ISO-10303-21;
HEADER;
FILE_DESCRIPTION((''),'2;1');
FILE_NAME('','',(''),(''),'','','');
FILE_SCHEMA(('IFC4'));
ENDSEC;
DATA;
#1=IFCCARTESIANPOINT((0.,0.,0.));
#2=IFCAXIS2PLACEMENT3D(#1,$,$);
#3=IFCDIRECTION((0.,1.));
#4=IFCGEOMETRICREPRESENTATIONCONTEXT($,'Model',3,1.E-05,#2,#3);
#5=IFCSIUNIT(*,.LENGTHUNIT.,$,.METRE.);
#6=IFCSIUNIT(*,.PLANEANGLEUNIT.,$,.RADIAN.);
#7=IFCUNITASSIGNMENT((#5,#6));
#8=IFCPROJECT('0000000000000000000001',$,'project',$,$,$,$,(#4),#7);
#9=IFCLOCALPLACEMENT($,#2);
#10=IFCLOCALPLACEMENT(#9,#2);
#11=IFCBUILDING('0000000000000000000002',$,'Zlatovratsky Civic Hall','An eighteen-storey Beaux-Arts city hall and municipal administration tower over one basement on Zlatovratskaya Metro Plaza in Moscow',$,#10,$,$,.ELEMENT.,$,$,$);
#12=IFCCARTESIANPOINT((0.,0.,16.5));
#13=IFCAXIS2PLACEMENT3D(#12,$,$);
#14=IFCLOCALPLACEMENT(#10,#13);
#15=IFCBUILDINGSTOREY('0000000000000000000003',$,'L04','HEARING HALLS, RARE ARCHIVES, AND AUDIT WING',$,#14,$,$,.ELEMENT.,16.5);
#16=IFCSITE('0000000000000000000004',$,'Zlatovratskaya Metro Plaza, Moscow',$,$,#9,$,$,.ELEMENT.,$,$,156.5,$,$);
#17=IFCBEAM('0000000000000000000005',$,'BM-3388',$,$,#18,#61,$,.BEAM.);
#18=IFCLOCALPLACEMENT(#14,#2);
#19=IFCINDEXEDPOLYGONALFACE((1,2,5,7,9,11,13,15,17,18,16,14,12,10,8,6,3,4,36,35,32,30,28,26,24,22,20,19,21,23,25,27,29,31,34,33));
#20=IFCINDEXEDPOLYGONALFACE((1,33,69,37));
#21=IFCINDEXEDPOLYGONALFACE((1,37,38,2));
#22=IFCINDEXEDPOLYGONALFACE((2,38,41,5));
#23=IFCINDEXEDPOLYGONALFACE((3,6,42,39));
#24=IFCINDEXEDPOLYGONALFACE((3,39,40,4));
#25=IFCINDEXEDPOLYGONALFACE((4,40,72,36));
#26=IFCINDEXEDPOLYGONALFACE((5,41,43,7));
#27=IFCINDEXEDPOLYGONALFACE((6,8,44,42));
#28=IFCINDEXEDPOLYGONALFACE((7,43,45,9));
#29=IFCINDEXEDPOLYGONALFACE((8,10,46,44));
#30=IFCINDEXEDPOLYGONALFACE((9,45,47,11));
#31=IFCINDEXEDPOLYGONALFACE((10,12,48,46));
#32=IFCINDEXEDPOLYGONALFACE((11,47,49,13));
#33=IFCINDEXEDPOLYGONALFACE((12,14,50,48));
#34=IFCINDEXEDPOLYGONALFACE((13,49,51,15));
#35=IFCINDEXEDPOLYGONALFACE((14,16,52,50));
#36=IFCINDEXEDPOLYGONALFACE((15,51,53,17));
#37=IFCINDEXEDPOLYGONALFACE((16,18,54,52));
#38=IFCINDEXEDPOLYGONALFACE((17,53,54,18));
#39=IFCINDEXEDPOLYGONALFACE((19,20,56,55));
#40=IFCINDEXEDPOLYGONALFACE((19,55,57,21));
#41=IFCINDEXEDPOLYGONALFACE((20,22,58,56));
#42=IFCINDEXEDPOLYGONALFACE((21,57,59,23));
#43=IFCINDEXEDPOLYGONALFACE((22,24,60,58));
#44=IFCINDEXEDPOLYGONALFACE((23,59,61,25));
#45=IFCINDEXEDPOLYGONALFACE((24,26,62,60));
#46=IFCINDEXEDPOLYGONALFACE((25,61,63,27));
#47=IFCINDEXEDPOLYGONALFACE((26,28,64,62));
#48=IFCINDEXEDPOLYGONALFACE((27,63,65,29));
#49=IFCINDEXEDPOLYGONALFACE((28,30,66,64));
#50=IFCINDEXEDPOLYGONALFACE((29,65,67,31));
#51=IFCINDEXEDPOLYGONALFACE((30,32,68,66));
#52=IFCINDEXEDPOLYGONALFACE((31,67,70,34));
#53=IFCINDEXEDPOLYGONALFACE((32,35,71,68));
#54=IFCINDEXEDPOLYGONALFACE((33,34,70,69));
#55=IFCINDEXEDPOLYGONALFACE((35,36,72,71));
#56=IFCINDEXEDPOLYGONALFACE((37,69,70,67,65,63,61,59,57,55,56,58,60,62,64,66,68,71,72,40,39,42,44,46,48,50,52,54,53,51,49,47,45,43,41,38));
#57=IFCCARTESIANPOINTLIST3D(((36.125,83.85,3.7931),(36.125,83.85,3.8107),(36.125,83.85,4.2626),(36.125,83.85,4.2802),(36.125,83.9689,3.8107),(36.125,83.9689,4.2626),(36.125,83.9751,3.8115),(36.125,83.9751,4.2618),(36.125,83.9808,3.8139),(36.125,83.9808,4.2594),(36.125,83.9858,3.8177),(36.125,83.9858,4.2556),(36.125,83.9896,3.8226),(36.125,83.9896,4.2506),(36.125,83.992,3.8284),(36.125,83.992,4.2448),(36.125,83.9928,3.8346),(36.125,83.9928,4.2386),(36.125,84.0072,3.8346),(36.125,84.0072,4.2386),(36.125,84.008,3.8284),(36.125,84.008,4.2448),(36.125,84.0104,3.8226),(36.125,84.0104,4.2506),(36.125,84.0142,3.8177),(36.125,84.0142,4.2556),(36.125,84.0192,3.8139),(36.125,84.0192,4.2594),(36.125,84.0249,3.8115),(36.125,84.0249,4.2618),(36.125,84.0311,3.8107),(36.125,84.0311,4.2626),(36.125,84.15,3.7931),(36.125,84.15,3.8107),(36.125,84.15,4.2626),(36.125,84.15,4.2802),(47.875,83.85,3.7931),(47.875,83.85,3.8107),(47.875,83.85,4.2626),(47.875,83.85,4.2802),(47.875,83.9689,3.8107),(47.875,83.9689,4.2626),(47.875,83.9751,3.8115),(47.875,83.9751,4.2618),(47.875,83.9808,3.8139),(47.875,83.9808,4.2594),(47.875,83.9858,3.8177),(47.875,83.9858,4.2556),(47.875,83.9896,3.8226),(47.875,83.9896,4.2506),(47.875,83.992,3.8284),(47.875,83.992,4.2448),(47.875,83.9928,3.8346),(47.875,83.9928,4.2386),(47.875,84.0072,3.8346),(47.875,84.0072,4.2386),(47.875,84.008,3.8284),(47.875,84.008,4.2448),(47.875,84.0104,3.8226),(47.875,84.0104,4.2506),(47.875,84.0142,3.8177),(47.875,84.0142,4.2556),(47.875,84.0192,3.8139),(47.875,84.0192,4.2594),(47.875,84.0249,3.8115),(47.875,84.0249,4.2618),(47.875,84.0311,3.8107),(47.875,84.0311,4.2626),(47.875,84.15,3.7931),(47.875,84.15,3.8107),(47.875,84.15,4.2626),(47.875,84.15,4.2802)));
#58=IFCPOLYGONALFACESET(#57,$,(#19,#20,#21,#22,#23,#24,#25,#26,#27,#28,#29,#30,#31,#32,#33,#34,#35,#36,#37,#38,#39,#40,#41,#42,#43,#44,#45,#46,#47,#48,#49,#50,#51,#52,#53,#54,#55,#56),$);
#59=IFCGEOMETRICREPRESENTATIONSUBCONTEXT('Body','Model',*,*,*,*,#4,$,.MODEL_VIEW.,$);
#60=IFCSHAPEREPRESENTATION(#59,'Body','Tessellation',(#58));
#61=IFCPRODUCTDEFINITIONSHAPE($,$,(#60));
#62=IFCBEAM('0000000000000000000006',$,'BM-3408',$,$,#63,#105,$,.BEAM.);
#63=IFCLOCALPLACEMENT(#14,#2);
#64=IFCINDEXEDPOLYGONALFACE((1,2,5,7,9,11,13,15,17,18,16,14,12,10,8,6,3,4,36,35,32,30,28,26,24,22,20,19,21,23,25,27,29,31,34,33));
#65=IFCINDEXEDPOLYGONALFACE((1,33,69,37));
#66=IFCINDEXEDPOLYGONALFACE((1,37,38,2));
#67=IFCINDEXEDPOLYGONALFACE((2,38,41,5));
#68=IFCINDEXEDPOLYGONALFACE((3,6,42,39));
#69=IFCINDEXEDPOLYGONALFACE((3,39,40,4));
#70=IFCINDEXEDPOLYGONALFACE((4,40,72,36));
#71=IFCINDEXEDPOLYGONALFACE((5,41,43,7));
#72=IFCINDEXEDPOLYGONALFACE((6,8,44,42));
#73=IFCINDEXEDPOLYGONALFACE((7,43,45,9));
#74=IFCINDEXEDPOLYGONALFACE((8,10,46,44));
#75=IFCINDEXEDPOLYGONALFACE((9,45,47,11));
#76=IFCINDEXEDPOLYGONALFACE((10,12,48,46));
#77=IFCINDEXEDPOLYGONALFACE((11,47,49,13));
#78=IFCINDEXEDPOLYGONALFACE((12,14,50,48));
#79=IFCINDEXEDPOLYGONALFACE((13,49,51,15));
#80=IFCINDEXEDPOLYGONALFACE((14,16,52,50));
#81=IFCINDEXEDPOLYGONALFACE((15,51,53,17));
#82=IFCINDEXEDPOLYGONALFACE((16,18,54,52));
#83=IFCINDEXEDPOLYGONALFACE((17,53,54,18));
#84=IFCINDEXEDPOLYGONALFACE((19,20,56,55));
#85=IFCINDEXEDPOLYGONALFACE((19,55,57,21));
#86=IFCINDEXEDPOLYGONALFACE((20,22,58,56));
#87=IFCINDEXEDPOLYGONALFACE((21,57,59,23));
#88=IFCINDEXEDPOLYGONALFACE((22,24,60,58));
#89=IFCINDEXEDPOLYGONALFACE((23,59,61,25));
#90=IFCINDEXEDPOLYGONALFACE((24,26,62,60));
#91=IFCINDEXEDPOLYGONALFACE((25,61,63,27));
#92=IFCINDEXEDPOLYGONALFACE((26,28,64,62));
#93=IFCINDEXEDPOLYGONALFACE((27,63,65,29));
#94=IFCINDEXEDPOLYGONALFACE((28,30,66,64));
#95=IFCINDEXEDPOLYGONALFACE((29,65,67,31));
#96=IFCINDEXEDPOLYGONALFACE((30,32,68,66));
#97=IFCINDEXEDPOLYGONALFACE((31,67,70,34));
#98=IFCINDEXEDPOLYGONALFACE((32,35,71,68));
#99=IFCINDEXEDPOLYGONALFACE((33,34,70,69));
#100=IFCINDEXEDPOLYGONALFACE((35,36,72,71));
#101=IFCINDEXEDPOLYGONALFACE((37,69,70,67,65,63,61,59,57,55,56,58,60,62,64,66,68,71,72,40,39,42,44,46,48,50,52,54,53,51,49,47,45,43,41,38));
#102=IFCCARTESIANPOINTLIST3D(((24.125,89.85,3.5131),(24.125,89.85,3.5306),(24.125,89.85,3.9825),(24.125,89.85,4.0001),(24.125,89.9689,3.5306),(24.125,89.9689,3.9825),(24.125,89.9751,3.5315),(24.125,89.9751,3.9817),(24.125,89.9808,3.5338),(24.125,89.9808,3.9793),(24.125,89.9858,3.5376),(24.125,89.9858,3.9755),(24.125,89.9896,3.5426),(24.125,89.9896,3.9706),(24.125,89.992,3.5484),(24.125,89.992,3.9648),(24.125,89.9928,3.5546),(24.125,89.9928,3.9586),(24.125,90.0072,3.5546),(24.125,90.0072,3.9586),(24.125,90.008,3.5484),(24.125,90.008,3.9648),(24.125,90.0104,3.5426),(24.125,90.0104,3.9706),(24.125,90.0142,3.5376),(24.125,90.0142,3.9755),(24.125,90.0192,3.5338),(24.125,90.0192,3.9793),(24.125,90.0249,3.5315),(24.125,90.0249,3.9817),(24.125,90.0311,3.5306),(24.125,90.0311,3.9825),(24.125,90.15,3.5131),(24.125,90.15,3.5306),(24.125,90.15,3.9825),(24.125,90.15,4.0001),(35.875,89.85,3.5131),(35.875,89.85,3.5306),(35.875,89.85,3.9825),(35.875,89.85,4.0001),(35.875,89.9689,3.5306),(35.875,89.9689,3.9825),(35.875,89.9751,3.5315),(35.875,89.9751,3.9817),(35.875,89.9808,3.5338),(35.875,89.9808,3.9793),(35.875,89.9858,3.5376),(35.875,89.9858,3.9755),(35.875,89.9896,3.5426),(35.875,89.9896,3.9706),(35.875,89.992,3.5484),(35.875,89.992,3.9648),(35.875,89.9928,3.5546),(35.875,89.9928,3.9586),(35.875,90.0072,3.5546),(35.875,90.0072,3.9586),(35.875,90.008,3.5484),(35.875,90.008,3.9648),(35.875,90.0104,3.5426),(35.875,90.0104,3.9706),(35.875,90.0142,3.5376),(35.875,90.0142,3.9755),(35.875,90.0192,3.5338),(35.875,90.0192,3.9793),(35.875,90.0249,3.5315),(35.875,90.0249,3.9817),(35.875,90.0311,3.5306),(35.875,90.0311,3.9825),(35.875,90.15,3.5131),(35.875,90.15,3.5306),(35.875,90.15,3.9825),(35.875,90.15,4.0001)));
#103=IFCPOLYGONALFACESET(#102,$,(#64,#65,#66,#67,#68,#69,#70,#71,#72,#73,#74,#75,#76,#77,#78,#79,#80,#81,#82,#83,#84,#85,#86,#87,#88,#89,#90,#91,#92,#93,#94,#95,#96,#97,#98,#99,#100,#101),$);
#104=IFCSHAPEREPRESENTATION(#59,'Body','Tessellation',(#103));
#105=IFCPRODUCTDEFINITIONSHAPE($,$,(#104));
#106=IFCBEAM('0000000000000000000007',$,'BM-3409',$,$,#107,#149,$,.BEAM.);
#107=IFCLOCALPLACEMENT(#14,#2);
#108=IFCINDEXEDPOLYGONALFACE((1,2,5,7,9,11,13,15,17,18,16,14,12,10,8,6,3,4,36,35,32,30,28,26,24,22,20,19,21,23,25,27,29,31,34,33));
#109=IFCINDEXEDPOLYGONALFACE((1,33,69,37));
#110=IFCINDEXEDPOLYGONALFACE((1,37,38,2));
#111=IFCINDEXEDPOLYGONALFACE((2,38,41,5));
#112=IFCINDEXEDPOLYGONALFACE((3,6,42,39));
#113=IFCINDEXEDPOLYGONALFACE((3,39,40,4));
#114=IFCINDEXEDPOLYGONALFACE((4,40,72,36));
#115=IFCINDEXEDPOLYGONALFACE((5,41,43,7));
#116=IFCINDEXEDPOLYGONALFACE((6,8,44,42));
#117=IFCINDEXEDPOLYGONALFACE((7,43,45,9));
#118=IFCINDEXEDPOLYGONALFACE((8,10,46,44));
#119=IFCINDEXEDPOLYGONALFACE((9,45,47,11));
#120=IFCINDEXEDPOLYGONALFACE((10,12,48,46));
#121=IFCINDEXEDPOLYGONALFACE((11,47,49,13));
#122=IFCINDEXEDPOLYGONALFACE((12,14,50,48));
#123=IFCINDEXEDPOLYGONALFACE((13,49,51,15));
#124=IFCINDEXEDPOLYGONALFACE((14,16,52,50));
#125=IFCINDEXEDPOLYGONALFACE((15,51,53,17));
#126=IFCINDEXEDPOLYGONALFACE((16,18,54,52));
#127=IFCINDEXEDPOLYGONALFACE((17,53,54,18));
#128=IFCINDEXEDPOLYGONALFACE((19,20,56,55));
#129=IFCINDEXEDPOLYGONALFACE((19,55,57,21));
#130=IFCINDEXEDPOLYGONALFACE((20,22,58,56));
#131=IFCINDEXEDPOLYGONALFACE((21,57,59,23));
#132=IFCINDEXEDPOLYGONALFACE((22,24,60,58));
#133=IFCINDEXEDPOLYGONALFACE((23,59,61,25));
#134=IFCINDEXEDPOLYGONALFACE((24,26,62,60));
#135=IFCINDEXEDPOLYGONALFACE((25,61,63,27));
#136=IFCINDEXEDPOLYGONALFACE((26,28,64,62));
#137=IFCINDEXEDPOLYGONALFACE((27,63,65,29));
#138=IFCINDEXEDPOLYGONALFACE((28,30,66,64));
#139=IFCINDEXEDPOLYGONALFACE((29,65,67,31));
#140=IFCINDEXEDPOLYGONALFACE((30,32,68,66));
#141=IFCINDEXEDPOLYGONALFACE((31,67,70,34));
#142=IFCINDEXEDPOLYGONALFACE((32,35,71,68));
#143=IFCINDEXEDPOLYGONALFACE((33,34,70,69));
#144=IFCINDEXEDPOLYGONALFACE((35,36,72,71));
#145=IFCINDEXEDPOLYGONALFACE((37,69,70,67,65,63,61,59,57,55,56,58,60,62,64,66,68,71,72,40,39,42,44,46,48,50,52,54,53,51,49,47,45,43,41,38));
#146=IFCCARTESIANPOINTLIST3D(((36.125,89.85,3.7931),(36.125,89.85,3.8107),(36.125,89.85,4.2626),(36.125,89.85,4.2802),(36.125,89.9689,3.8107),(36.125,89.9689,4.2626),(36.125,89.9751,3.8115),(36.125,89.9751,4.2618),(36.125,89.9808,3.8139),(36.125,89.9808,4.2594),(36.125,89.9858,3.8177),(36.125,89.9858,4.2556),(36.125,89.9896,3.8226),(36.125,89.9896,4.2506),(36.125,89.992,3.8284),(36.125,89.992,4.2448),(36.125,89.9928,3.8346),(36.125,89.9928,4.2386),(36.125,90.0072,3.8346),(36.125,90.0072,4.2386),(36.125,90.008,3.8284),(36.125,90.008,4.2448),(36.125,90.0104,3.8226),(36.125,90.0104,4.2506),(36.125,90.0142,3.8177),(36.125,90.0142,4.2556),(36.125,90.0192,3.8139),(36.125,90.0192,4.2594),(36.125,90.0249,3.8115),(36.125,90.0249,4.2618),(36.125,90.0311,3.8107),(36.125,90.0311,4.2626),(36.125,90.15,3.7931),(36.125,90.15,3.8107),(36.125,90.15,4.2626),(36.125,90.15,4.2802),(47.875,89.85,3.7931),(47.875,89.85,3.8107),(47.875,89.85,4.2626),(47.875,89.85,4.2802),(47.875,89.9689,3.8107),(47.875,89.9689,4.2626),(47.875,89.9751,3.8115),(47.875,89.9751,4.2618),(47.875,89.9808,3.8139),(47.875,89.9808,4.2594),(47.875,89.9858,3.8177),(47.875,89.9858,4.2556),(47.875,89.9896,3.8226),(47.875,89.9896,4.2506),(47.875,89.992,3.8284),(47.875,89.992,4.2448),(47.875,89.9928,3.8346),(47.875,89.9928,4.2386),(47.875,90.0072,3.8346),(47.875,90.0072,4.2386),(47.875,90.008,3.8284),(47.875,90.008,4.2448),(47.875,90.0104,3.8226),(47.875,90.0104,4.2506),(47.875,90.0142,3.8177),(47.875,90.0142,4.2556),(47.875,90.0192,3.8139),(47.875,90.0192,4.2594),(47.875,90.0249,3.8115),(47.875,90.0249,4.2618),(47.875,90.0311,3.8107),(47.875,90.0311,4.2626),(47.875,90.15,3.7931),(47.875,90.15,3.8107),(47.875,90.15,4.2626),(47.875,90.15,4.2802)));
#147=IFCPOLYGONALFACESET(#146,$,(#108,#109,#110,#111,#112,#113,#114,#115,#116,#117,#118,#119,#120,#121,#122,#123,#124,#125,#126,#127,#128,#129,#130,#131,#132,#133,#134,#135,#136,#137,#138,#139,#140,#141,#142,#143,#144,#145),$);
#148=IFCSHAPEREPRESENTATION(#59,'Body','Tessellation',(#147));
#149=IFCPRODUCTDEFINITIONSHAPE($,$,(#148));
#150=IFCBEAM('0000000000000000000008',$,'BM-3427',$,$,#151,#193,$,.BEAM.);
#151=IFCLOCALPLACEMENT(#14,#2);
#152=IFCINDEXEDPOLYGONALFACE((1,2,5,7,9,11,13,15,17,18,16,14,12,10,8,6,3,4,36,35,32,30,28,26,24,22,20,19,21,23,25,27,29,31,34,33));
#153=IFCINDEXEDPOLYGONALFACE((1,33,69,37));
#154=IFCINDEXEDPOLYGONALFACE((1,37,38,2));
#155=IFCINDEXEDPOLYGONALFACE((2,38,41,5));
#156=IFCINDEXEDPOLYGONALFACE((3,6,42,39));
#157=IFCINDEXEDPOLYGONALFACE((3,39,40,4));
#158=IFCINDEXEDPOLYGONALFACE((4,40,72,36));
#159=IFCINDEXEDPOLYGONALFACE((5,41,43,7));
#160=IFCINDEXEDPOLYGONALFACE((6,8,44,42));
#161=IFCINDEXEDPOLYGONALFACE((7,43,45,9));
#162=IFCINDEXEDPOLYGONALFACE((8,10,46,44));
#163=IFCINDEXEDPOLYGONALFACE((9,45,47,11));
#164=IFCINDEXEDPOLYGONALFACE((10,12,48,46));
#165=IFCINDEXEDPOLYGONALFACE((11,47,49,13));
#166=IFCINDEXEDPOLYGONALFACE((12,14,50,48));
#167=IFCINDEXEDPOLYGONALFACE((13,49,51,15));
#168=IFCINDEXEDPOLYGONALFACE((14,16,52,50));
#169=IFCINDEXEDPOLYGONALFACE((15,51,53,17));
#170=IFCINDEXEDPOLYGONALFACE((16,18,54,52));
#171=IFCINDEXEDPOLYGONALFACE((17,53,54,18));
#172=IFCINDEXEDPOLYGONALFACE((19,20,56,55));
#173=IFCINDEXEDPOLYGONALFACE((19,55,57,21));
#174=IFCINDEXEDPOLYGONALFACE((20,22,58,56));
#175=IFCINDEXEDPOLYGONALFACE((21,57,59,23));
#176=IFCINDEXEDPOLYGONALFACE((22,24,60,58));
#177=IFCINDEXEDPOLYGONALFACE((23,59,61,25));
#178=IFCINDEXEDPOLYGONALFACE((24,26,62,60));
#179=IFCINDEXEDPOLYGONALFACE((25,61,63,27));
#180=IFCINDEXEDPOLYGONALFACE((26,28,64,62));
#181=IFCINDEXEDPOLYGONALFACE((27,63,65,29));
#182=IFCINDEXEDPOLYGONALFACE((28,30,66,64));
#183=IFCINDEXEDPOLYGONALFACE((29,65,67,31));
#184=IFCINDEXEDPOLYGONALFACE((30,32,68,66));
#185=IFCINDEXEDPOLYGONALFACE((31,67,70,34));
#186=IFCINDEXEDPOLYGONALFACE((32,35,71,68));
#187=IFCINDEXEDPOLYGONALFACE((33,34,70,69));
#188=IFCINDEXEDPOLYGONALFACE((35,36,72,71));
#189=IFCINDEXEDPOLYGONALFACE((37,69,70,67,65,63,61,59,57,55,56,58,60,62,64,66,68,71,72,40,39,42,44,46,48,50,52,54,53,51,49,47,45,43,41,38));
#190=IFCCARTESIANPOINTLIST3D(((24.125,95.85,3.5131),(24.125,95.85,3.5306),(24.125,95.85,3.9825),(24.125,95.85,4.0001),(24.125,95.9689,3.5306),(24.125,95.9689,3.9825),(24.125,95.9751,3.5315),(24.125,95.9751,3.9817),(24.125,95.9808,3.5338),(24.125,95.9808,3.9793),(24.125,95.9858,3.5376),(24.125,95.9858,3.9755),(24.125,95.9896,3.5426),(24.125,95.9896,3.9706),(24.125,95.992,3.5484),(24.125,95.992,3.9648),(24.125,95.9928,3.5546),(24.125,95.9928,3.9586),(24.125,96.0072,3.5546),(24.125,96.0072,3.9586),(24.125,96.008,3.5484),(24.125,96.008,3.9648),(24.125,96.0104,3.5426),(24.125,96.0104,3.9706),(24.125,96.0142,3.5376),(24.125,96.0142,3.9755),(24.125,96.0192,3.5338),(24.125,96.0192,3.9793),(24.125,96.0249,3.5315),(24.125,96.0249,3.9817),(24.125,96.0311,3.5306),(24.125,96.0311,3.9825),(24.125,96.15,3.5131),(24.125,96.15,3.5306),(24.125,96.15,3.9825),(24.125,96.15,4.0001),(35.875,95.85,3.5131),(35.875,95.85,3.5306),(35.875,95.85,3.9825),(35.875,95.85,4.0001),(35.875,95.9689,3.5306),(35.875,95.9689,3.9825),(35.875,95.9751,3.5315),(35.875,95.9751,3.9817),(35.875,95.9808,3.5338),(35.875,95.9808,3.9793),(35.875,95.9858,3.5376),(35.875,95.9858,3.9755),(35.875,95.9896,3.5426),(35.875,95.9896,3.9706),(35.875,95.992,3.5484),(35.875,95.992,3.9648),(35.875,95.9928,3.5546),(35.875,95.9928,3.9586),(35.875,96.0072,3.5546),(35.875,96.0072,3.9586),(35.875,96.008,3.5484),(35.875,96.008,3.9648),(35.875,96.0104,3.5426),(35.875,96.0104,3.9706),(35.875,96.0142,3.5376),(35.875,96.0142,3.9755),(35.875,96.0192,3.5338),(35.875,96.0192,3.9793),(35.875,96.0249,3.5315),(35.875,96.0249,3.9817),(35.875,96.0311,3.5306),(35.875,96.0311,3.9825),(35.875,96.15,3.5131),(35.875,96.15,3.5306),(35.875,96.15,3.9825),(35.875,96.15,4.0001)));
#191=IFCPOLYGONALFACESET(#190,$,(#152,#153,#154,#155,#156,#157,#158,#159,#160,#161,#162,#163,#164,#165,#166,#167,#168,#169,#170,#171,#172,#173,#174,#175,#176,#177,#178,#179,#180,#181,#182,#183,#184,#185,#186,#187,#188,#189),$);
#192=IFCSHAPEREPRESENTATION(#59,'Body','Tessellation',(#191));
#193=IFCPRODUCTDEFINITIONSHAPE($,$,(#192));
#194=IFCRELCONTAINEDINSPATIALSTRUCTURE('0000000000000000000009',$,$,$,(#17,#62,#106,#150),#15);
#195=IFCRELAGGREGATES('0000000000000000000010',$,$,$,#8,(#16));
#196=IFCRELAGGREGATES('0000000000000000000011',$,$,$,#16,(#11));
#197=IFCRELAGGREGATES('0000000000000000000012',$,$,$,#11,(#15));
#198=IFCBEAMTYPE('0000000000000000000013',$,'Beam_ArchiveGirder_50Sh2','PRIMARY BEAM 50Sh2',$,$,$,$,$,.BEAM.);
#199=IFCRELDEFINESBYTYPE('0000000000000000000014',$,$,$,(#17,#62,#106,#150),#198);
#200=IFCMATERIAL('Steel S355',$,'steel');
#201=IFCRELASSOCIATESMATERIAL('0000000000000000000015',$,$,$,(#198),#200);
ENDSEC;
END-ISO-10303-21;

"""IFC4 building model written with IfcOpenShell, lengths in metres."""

from ifc_helpers import new_model, si_unit, direction, frame, origin, origin_2d, place, context, subcontext, project, spatial, i_section, extrude, material, material_profile, profile_set, type_object, element, save


model = new_model("IFC4")

# Units and contexts
model_context = context("Model", 3, precision=1e-05, world=origin(), true_north=direction((0.0, 1.0)))
body_context = subcontext(model_context, "Body", "Model", "MODEL_VIEW")
ifc_project = project(units=[si_unit("LENGTHUNIT", "METRE"), si_unit("PLANEANGLEUNIT", "RADIAN")], contexts=[model_context])

# Site, building, storey
site_placement = place(None, origin())
site = spatial("IfcSite", under=ifc_project, at=site_placement, Name="Zlatovratskaya Metro Plaza, Moscow", CompositionType="ELEMENT", RefElevation=156.5)
building_placement = place(site_placement, origin())
building = spatial("IfcBuilding", under=site, at=building_placement, Name="Zlatovratsky Civic Hall", Description="An eighteen-storey Beaux-Arts city hall and municipal administration tower over one basement on Zlatovratskaya Metro Plaza in Moscow", CompositionType="ELEMENT")
storey_placement = place(building_placement, frame((0.0, 0.0, 16.5)))
storey = spatial("IfcBuildingStorey", under=building, at=storey_placement, Name="L04", Description="HEARING HALLS, RARE ARCHIVES, AND AUDIT WING", CompositionType="ELEMENT", Elevation=16.5)

# Shared definitions
ifc_material_1 = material(Name="Steel S355", Category="steel")

# Beams
ifc_material_profile_1 = material_profile(ifc_material_1, i_section(OverallWidth=0.3, OverallDepth=0.4871, WebThickness=0.0144, FlangeThickness=0.0176, FilletRadius=0.0239, at=origin_2d()), Name="50Sh2")
ifc_profile_set_1 = profile_set([ifc_material_profile_1], Name="Steel S355")
beam_type_1 = type_object("IfcBeamType", Name="Beam_ArchiveGirder_50Sh2", Description="PRIMARY BEAM 50Sh2", PredefinedType="BEAM", material=ifc_profile_set_1)
for number, where, z_axis, x_axis, name in (
    (1, (36.125, 84.0, 4.0366), (1.0, 0.0, 0.0), (0.0, 1.0, 0.0), "BM-3388"),
    (2, (24.125, 90.0, 3.7566), (1.0, 0.0, 0.0), (0.0, 1.0, 0.0), "BM-3408"),
    (3, (36.125, 90.0, 4.0366), (1.0, 0.0, 0.0), (0.0, 1.0, 0.0), "BM-3409"),
    (4, (24.125, 96.0, 3.7566), (1.0, 0.0, 0.0), (0.0, 1.0, 0.0), "BM-3427"),
):
    element("IfcBeam", number, at=place(storey_placement, frame(where, z_axis=z_axis, x_axis=x_axis)), inside=storey, type_object=beam_type_1, Name=name, PredefinedType="BEAM", context=body_context, shape_type="SweptSolid", body=[
        extrude(i_section(OverallWidth=0.3, OverallDepth=0.4871, WebThickness=0.0144, FlangeThickness=0.0176, FilletRadius=0.0239, at=origin_2d()), origin(), (0.0, 0.0, 1.0), 11.75),
    ])

save(model, "model.ifc")
